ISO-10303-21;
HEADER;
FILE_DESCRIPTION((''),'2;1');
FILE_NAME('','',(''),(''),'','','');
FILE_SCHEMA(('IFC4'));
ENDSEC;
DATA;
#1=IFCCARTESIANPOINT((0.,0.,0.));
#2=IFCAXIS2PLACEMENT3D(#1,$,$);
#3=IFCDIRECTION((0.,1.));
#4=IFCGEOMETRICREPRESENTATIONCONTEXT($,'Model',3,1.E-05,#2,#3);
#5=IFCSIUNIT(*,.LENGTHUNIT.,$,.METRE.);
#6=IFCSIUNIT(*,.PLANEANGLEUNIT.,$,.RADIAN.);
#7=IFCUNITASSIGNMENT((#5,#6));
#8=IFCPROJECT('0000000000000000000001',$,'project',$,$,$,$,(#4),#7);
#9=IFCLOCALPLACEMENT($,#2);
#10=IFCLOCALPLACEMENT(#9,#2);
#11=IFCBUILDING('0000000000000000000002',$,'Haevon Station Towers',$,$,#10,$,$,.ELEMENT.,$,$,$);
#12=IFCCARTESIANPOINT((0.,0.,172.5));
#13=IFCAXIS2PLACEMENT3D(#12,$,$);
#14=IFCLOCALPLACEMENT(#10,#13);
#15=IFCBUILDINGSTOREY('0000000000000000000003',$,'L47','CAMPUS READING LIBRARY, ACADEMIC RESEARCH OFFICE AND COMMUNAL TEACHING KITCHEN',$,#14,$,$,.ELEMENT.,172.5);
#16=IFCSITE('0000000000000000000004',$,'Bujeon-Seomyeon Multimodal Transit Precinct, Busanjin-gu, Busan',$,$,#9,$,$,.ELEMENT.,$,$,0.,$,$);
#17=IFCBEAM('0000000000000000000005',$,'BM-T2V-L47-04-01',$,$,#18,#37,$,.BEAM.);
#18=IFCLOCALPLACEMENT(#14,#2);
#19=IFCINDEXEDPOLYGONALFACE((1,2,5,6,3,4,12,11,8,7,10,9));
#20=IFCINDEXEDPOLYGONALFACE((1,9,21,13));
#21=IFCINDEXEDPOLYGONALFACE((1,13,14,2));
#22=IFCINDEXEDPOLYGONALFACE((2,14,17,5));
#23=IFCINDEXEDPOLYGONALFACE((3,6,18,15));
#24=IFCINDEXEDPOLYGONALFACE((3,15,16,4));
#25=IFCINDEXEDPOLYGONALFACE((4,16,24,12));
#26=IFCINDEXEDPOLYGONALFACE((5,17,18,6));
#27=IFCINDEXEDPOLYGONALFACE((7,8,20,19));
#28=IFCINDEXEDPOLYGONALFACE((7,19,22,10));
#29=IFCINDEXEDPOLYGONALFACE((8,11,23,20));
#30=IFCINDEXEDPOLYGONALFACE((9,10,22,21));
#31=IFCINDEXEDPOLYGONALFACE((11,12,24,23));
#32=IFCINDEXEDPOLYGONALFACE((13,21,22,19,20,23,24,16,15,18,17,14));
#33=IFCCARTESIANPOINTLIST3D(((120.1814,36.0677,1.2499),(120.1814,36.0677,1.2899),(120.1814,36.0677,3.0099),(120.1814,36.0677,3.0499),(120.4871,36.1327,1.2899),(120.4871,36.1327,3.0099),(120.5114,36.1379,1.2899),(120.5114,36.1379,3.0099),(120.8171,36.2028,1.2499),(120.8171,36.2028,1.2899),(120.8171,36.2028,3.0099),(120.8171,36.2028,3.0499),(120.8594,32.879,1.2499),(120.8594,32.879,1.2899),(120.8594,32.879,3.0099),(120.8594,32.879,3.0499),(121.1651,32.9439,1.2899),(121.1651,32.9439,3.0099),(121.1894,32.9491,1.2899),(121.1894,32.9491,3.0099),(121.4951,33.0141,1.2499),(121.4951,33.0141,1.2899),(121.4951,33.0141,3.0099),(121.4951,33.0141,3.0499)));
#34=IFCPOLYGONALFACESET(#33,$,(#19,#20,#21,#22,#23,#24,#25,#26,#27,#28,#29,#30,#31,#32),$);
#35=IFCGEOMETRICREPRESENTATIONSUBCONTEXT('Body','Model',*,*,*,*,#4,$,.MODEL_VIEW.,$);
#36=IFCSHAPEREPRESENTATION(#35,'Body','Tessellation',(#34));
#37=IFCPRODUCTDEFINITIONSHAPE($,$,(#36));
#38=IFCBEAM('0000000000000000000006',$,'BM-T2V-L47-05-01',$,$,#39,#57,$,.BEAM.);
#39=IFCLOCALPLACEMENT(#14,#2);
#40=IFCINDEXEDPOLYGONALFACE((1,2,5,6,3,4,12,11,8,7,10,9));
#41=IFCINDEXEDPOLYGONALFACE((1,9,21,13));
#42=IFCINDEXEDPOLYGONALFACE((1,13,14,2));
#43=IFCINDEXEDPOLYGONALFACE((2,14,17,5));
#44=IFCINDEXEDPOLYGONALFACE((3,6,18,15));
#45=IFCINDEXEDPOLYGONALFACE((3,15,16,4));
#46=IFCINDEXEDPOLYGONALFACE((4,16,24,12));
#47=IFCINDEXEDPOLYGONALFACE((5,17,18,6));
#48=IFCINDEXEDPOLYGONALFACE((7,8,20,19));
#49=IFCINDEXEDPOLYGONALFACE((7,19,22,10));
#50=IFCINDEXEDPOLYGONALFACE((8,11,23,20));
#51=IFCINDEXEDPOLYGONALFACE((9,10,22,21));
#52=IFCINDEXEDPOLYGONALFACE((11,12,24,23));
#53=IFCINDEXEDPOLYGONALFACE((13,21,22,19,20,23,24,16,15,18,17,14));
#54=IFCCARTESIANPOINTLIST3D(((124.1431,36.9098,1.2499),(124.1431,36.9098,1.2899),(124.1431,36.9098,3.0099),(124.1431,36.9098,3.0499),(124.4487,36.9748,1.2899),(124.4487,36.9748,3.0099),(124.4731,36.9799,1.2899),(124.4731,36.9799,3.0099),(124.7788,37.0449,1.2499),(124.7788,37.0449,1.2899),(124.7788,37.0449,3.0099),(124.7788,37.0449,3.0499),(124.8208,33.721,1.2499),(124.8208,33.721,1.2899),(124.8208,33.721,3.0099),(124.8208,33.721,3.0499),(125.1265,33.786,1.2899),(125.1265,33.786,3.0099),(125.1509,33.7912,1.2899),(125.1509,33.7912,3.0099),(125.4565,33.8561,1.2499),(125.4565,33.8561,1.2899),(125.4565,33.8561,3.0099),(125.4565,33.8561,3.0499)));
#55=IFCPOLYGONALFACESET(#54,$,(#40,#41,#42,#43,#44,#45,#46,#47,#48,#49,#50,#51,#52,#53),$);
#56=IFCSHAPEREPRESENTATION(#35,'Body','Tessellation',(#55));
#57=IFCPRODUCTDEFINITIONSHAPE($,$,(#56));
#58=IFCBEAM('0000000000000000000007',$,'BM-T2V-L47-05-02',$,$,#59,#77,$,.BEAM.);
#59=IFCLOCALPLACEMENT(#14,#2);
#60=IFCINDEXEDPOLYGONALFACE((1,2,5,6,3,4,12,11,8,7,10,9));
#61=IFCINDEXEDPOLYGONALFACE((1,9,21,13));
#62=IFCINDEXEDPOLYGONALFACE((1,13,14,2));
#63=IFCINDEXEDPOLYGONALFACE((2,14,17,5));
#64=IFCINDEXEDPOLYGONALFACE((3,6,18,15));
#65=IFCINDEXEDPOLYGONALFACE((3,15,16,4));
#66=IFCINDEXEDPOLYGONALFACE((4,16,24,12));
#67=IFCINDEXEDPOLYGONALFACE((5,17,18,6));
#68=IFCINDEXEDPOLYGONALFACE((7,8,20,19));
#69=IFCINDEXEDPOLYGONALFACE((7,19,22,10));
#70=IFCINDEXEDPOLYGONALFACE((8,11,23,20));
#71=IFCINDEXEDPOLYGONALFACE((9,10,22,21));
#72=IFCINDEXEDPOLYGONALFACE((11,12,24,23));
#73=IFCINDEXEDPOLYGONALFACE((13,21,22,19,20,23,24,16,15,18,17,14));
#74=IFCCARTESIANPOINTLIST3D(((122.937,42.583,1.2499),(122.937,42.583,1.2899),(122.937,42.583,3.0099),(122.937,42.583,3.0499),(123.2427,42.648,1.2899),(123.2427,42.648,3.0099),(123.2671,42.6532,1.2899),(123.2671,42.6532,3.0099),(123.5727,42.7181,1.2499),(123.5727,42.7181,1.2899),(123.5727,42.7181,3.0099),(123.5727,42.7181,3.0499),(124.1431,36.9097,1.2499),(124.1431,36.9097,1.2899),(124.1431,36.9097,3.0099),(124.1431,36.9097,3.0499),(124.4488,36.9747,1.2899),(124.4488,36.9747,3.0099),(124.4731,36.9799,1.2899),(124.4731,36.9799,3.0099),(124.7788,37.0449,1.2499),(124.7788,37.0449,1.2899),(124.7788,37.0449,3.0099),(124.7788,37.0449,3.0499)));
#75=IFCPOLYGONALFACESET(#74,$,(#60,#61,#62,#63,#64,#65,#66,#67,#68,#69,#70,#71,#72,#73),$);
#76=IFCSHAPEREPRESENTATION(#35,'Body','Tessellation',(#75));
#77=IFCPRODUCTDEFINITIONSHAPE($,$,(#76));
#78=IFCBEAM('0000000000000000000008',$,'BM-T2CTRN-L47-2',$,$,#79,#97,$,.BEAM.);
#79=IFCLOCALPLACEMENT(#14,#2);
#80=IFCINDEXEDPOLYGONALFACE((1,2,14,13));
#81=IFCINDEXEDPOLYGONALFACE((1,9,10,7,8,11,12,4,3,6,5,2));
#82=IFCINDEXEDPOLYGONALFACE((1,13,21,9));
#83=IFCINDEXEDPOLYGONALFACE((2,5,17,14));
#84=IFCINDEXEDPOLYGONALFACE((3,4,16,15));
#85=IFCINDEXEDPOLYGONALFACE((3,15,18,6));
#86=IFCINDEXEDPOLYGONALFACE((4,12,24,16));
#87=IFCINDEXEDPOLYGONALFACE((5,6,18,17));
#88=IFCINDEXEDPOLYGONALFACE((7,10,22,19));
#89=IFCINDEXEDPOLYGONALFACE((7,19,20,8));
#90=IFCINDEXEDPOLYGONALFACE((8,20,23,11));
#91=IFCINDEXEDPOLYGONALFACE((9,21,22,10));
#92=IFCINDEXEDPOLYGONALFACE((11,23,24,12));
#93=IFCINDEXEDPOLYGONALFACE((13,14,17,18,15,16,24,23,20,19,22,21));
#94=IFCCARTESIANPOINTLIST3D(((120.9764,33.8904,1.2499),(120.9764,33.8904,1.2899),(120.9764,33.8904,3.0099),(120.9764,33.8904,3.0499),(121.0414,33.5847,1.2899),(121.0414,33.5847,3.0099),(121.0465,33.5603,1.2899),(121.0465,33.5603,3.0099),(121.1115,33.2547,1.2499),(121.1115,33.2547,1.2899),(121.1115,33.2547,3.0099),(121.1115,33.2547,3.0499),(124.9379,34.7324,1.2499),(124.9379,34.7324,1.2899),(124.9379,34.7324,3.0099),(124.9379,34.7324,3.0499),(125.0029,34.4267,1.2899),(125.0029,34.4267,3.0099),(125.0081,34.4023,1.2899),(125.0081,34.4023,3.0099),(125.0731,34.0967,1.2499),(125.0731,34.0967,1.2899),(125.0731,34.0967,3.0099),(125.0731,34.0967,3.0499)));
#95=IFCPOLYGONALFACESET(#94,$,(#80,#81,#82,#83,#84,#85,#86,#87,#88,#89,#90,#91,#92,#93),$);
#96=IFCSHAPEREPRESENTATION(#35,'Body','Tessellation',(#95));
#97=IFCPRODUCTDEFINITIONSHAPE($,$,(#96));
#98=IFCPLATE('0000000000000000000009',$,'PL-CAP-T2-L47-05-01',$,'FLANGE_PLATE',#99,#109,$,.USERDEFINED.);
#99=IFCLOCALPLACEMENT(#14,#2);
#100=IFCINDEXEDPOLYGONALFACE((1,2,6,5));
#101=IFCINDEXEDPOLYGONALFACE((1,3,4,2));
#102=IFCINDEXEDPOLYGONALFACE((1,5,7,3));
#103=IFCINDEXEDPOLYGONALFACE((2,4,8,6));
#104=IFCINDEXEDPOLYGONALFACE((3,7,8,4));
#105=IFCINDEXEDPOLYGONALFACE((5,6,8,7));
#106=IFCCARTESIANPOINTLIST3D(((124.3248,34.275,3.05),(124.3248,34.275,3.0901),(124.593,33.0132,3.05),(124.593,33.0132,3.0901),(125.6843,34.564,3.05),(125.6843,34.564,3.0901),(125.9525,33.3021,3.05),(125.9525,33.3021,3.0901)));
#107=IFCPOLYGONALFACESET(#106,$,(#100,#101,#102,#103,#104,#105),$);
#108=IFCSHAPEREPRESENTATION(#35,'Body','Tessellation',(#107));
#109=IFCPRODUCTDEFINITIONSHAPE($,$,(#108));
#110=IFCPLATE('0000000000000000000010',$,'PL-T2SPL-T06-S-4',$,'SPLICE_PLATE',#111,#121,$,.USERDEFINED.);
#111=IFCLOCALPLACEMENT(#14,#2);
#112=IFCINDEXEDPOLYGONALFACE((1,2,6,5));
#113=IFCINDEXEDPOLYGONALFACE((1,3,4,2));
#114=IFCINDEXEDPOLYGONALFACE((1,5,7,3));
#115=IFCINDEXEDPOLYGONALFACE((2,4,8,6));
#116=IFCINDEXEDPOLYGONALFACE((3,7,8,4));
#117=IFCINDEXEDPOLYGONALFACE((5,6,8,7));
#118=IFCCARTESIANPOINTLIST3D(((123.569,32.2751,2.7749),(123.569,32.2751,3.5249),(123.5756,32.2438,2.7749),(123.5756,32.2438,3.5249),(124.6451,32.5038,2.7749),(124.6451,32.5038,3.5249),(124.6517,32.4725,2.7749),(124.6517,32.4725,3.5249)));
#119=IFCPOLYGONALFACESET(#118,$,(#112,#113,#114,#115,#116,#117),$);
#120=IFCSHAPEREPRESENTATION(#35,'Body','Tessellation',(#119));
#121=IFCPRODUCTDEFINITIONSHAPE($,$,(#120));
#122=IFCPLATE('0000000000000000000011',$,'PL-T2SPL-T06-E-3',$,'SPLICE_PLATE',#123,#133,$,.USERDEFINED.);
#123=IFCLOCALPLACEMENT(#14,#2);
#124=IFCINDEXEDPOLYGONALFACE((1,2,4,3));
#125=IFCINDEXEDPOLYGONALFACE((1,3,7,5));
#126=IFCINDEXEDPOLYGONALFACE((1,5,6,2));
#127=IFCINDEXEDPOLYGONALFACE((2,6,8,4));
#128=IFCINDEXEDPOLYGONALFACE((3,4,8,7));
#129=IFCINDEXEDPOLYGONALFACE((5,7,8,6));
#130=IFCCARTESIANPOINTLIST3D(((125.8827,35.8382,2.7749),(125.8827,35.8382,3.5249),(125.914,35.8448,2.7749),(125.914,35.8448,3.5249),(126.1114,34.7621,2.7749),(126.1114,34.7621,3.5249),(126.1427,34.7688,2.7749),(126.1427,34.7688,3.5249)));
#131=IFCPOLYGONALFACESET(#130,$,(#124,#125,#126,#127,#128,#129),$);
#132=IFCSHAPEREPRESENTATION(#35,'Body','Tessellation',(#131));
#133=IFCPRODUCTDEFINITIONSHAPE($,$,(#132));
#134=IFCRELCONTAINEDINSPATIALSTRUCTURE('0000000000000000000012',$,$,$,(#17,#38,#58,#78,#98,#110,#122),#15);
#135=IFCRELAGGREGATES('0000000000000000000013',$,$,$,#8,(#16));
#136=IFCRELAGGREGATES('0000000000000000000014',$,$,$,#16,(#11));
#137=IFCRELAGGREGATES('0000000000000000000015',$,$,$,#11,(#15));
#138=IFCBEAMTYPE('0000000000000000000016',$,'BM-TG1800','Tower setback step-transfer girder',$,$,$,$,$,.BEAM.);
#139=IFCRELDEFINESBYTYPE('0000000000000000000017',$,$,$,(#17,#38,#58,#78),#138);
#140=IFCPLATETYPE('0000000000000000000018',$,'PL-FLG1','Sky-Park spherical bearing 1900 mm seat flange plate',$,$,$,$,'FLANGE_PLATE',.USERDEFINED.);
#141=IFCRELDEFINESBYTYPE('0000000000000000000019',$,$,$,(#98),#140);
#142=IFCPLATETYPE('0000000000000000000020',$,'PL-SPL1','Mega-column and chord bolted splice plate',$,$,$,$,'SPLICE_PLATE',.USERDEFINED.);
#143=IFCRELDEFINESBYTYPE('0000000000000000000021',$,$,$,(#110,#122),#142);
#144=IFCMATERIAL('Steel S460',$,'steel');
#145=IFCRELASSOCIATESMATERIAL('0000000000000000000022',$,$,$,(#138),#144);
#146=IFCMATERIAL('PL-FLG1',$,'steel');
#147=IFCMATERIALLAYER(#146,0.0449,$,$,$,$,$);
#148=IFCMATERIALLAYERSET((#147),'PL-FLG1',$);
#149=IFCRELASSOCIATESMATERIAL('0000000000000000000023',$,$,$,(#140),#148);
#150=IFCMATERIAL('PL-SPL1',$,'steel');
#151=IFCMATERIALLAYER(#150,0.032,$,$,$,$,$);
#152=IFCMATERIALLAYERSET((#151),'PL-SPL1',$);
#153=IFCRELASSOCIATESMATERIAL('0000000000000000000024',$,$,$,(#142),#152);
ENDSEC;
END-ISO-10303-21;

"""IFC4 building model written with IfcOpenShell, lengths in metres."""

from ifc_helpers import new_model, si_unit, direction, frame, origin, origin_2d, place, context, subcontext, project, spatial, rectangle, i_section, extrude, material, layer, layer_set, material_profile, profile_set, type_object, element, save


model = new_model("IFC4")

# Units and contexts
model_context = context("Model", 3, precision=1e-05, world=origin(), true_north=direction((0.0, 1.0)))
body_context = subcontext(model_context, "Body", "Model", "MODEL_VIEW")
ifc_project = project(units=[si_unit("LENGTHUNIT", "METRE"), si_unit("PLANEANGLEUNIT", "RADIAN")], contexts=[model_context])

# Site, building, storey
site_placement = place(None, origin())
site = spatial("IfcSite", under=ifc_project, at=site_placement, Name="Bujeon-Seomyeon Multimodal Transit Precinct, Busanjin-gu, Busan", CompositionType="ELEMENT", RefElevation=0.0)
building_placement = place(site_placement, origin())
building = spatial("IfcBuilding", under=site, at=building_placement, Name="Haevon Station Towers", CompositionType="ELEMENT")
storey_placement = place(building_placement, frame((0.0, 0.0, 172.5)))
storey = spatial("IfcBuildingStorey", under=building, at=storey_placement, Name="L47", Description="CAMPUS READING LIBRARY, ACADEMIC RESEARCH OFFICE AND COMMUNAL TEACHING KITCHEN", CompositionType="ELEMENT", Elevation=172.5)

# Shared definitions
ifc_material_1 = material(Name="Steel S460", Category="steel")

# Beams
ifc_material_profile_1 = material_profile(ifc_material_1, i_section(OverallWidth=0.6499, OverallDepth=1.8, WebThickness=0.0249, FlangeThickness=0.04, at=origin_2d()), Name="H-1800x650x25x40")
ifc_profile_set_1 = profile_set([ifc_material_profile_1], Name="Steel S460")
beam_type_1 = type_object("IfcBeamType", Name="BM-TG1800", Description="Tower setback step-transfer girder", PredefinedType="BEAM", material=ifc_profile_set_1)
for number, where, z_axis, x_axis, name in (
    (1, (121.1772, 32.9465, 2.1499), (-0.207969, 0.978135, 0.0), (-0.978135, -0.207969, 0.0), "BM-T2V-L47-04-01"),
    (2, (125.1387, 33.7886, 2.1499), (-0.207897, 0.978151, 0.0), (-0.978151, -0.207897, 0.0), "BM-T2V-L47-05-01"),
):
    element("IfcBeam", number, at=place(storey_placement, frame(where, z_axis=z_axis, x_axis=x_axis)), inside=storey, type_object=beam_type_1, Name=name, PredefinedType="BEAM", context=body_context, shape_type="SweptSolid", body=[
        extrude(i_section(OverallWidth=0.6499, OverallDepth=1.8, WebThickness=0.0249, FlangeThickness=0.04, at=origin_2d()), origin(), (0.0, 0.0, 1.0), 3.26),
    ])
beam_1_placement = place(storey_placement, frame((124.4609, 36.9773, 2.1499), z_axis=(-0.207936, 0.978142, 0.0), x_axis=(-0.978142, -0.207936, 0.0)))
element("IfcBeam", 3, at=beam_1_placement, inside=storey, type_object=beam_type_1, Name="BM-T2V-L47-05-02", PredefinedType="BEAM", context=body_context, shape_type="SweptSolid", body=[
    extrude(i_section(OverallWidth=0.6499, OverallDepth=1.8, WebThickness=0.0249, FlangeThickness=0.04, at=origin_2d()), origin(), (0.0, 0.0, 1.0), 5.8),
])
beam_2_placement = place(storey_placement, frame((121.0439, 33.5725, 2.1499), z_axis=(0.97815, 0.207903, 0.0), x_axis=(-0.207903, 0.97815, 0.0)))
element("IfcBeam", 4, at=beam_2_placement, inside=storey, type_object=beam_type_1, Name="BM-T2CTRN-L47-2", PredefinedType="BEAM", context=body_context, shape_type="SweptSolid", body=[
    extrude(i_section(OverallWidth=0.6499, OverallDepth=1.8, WebThickness=0.0249, FlangeThickness=0.04, at=origin_2d()), origin(), (0.0, 0.0, 1.0), 4.05),
])

# Plates
ifc_material_2 = material(Name="PL-FLG1", Category="steel")
ifc_layer_1 = layer(ifc_material_2, 0.0449)
ifc_layer_set_1 = layer_set([ifc_layer_1], Name="PL-FLG1")
plate_type_1 = type_object("IfcPlateType", Name="PL-FLG1", Description="Sky-Park spherical bearing 1900 mm seat flange plate", ElementType="FLANGE_PLATE", PredefinedType="USERDEFINED", material=ifc_layer_set_1)
plate_placement = place(storey_placement, frame((125.1387, 33.7886, 3.05), z_axis=(0.0, 0.0, 1.0), x_axis=(0.978148, 0.207912, 0.0)))
element("IfcPlate", 5, at=plate_placement, inside=storey, type_object=plate_type_1, Name="PL-CAP-T2-L47-05-01", ObjectType="FLANGE_PLATE", PredefinedType="USERDEFINED", context=body_context, shape_type="SweptSolid", body=[
    extrude(rectangle(XDim=1.3899, YDim=1.29, at=origin_2d()), origin(), (0.0, 0.0, 1.0), 0.04),
])
ifc_material_3 = material(Name="PL-SPL1", Category="steel")
ifc_layer_2 = layer(ifc_material_3, 0.032)
ifc_layer_set_2 = layer_set([ifc_layer_2], Name="PL-SPL1")
plate_type_2 = type_object("IfcPlateType", Name="PL-SPL1", Description="Mega-column and chord bolted splice plate", ElementType="SPLICE_PLATE", PredefinedType="USERDEFINED", material=ifc_layer_set_2)
for number, where, z_axis, x_axis, name in (
    (6, (124.1104, 32.3738, 2.7749), (0.0, 0.0, 1.0), (0.978148, 0.207912, 0.0), "PL-T2SPL-T06-S-4"),
    (7, (126.0127, 35.3035, 2.7749), (0.0, 0.0, 1.0), (-0.207912, 0.978148, 0.0), "PL-T2SPL-T06-E-3"),
):
    element("IfcPlate", number, at=place(storey_placement, frame(where, z_axis=z_axis, x_axis=x_axis)), inside=storey, type_object=plate_type_2, Name=name, ObjectType="SPLICE_PLATE", PredefinedType="USERDEFINED", context=body_context, shape_type="SweptSolid", body=[
        extrude(rectangle(XDim=1.1001, YDim=0.032, at=origin_2d()), origin(), (0.0, 0.0, 1.0), 0.75),
    ])

save(model, "model.ifc")
